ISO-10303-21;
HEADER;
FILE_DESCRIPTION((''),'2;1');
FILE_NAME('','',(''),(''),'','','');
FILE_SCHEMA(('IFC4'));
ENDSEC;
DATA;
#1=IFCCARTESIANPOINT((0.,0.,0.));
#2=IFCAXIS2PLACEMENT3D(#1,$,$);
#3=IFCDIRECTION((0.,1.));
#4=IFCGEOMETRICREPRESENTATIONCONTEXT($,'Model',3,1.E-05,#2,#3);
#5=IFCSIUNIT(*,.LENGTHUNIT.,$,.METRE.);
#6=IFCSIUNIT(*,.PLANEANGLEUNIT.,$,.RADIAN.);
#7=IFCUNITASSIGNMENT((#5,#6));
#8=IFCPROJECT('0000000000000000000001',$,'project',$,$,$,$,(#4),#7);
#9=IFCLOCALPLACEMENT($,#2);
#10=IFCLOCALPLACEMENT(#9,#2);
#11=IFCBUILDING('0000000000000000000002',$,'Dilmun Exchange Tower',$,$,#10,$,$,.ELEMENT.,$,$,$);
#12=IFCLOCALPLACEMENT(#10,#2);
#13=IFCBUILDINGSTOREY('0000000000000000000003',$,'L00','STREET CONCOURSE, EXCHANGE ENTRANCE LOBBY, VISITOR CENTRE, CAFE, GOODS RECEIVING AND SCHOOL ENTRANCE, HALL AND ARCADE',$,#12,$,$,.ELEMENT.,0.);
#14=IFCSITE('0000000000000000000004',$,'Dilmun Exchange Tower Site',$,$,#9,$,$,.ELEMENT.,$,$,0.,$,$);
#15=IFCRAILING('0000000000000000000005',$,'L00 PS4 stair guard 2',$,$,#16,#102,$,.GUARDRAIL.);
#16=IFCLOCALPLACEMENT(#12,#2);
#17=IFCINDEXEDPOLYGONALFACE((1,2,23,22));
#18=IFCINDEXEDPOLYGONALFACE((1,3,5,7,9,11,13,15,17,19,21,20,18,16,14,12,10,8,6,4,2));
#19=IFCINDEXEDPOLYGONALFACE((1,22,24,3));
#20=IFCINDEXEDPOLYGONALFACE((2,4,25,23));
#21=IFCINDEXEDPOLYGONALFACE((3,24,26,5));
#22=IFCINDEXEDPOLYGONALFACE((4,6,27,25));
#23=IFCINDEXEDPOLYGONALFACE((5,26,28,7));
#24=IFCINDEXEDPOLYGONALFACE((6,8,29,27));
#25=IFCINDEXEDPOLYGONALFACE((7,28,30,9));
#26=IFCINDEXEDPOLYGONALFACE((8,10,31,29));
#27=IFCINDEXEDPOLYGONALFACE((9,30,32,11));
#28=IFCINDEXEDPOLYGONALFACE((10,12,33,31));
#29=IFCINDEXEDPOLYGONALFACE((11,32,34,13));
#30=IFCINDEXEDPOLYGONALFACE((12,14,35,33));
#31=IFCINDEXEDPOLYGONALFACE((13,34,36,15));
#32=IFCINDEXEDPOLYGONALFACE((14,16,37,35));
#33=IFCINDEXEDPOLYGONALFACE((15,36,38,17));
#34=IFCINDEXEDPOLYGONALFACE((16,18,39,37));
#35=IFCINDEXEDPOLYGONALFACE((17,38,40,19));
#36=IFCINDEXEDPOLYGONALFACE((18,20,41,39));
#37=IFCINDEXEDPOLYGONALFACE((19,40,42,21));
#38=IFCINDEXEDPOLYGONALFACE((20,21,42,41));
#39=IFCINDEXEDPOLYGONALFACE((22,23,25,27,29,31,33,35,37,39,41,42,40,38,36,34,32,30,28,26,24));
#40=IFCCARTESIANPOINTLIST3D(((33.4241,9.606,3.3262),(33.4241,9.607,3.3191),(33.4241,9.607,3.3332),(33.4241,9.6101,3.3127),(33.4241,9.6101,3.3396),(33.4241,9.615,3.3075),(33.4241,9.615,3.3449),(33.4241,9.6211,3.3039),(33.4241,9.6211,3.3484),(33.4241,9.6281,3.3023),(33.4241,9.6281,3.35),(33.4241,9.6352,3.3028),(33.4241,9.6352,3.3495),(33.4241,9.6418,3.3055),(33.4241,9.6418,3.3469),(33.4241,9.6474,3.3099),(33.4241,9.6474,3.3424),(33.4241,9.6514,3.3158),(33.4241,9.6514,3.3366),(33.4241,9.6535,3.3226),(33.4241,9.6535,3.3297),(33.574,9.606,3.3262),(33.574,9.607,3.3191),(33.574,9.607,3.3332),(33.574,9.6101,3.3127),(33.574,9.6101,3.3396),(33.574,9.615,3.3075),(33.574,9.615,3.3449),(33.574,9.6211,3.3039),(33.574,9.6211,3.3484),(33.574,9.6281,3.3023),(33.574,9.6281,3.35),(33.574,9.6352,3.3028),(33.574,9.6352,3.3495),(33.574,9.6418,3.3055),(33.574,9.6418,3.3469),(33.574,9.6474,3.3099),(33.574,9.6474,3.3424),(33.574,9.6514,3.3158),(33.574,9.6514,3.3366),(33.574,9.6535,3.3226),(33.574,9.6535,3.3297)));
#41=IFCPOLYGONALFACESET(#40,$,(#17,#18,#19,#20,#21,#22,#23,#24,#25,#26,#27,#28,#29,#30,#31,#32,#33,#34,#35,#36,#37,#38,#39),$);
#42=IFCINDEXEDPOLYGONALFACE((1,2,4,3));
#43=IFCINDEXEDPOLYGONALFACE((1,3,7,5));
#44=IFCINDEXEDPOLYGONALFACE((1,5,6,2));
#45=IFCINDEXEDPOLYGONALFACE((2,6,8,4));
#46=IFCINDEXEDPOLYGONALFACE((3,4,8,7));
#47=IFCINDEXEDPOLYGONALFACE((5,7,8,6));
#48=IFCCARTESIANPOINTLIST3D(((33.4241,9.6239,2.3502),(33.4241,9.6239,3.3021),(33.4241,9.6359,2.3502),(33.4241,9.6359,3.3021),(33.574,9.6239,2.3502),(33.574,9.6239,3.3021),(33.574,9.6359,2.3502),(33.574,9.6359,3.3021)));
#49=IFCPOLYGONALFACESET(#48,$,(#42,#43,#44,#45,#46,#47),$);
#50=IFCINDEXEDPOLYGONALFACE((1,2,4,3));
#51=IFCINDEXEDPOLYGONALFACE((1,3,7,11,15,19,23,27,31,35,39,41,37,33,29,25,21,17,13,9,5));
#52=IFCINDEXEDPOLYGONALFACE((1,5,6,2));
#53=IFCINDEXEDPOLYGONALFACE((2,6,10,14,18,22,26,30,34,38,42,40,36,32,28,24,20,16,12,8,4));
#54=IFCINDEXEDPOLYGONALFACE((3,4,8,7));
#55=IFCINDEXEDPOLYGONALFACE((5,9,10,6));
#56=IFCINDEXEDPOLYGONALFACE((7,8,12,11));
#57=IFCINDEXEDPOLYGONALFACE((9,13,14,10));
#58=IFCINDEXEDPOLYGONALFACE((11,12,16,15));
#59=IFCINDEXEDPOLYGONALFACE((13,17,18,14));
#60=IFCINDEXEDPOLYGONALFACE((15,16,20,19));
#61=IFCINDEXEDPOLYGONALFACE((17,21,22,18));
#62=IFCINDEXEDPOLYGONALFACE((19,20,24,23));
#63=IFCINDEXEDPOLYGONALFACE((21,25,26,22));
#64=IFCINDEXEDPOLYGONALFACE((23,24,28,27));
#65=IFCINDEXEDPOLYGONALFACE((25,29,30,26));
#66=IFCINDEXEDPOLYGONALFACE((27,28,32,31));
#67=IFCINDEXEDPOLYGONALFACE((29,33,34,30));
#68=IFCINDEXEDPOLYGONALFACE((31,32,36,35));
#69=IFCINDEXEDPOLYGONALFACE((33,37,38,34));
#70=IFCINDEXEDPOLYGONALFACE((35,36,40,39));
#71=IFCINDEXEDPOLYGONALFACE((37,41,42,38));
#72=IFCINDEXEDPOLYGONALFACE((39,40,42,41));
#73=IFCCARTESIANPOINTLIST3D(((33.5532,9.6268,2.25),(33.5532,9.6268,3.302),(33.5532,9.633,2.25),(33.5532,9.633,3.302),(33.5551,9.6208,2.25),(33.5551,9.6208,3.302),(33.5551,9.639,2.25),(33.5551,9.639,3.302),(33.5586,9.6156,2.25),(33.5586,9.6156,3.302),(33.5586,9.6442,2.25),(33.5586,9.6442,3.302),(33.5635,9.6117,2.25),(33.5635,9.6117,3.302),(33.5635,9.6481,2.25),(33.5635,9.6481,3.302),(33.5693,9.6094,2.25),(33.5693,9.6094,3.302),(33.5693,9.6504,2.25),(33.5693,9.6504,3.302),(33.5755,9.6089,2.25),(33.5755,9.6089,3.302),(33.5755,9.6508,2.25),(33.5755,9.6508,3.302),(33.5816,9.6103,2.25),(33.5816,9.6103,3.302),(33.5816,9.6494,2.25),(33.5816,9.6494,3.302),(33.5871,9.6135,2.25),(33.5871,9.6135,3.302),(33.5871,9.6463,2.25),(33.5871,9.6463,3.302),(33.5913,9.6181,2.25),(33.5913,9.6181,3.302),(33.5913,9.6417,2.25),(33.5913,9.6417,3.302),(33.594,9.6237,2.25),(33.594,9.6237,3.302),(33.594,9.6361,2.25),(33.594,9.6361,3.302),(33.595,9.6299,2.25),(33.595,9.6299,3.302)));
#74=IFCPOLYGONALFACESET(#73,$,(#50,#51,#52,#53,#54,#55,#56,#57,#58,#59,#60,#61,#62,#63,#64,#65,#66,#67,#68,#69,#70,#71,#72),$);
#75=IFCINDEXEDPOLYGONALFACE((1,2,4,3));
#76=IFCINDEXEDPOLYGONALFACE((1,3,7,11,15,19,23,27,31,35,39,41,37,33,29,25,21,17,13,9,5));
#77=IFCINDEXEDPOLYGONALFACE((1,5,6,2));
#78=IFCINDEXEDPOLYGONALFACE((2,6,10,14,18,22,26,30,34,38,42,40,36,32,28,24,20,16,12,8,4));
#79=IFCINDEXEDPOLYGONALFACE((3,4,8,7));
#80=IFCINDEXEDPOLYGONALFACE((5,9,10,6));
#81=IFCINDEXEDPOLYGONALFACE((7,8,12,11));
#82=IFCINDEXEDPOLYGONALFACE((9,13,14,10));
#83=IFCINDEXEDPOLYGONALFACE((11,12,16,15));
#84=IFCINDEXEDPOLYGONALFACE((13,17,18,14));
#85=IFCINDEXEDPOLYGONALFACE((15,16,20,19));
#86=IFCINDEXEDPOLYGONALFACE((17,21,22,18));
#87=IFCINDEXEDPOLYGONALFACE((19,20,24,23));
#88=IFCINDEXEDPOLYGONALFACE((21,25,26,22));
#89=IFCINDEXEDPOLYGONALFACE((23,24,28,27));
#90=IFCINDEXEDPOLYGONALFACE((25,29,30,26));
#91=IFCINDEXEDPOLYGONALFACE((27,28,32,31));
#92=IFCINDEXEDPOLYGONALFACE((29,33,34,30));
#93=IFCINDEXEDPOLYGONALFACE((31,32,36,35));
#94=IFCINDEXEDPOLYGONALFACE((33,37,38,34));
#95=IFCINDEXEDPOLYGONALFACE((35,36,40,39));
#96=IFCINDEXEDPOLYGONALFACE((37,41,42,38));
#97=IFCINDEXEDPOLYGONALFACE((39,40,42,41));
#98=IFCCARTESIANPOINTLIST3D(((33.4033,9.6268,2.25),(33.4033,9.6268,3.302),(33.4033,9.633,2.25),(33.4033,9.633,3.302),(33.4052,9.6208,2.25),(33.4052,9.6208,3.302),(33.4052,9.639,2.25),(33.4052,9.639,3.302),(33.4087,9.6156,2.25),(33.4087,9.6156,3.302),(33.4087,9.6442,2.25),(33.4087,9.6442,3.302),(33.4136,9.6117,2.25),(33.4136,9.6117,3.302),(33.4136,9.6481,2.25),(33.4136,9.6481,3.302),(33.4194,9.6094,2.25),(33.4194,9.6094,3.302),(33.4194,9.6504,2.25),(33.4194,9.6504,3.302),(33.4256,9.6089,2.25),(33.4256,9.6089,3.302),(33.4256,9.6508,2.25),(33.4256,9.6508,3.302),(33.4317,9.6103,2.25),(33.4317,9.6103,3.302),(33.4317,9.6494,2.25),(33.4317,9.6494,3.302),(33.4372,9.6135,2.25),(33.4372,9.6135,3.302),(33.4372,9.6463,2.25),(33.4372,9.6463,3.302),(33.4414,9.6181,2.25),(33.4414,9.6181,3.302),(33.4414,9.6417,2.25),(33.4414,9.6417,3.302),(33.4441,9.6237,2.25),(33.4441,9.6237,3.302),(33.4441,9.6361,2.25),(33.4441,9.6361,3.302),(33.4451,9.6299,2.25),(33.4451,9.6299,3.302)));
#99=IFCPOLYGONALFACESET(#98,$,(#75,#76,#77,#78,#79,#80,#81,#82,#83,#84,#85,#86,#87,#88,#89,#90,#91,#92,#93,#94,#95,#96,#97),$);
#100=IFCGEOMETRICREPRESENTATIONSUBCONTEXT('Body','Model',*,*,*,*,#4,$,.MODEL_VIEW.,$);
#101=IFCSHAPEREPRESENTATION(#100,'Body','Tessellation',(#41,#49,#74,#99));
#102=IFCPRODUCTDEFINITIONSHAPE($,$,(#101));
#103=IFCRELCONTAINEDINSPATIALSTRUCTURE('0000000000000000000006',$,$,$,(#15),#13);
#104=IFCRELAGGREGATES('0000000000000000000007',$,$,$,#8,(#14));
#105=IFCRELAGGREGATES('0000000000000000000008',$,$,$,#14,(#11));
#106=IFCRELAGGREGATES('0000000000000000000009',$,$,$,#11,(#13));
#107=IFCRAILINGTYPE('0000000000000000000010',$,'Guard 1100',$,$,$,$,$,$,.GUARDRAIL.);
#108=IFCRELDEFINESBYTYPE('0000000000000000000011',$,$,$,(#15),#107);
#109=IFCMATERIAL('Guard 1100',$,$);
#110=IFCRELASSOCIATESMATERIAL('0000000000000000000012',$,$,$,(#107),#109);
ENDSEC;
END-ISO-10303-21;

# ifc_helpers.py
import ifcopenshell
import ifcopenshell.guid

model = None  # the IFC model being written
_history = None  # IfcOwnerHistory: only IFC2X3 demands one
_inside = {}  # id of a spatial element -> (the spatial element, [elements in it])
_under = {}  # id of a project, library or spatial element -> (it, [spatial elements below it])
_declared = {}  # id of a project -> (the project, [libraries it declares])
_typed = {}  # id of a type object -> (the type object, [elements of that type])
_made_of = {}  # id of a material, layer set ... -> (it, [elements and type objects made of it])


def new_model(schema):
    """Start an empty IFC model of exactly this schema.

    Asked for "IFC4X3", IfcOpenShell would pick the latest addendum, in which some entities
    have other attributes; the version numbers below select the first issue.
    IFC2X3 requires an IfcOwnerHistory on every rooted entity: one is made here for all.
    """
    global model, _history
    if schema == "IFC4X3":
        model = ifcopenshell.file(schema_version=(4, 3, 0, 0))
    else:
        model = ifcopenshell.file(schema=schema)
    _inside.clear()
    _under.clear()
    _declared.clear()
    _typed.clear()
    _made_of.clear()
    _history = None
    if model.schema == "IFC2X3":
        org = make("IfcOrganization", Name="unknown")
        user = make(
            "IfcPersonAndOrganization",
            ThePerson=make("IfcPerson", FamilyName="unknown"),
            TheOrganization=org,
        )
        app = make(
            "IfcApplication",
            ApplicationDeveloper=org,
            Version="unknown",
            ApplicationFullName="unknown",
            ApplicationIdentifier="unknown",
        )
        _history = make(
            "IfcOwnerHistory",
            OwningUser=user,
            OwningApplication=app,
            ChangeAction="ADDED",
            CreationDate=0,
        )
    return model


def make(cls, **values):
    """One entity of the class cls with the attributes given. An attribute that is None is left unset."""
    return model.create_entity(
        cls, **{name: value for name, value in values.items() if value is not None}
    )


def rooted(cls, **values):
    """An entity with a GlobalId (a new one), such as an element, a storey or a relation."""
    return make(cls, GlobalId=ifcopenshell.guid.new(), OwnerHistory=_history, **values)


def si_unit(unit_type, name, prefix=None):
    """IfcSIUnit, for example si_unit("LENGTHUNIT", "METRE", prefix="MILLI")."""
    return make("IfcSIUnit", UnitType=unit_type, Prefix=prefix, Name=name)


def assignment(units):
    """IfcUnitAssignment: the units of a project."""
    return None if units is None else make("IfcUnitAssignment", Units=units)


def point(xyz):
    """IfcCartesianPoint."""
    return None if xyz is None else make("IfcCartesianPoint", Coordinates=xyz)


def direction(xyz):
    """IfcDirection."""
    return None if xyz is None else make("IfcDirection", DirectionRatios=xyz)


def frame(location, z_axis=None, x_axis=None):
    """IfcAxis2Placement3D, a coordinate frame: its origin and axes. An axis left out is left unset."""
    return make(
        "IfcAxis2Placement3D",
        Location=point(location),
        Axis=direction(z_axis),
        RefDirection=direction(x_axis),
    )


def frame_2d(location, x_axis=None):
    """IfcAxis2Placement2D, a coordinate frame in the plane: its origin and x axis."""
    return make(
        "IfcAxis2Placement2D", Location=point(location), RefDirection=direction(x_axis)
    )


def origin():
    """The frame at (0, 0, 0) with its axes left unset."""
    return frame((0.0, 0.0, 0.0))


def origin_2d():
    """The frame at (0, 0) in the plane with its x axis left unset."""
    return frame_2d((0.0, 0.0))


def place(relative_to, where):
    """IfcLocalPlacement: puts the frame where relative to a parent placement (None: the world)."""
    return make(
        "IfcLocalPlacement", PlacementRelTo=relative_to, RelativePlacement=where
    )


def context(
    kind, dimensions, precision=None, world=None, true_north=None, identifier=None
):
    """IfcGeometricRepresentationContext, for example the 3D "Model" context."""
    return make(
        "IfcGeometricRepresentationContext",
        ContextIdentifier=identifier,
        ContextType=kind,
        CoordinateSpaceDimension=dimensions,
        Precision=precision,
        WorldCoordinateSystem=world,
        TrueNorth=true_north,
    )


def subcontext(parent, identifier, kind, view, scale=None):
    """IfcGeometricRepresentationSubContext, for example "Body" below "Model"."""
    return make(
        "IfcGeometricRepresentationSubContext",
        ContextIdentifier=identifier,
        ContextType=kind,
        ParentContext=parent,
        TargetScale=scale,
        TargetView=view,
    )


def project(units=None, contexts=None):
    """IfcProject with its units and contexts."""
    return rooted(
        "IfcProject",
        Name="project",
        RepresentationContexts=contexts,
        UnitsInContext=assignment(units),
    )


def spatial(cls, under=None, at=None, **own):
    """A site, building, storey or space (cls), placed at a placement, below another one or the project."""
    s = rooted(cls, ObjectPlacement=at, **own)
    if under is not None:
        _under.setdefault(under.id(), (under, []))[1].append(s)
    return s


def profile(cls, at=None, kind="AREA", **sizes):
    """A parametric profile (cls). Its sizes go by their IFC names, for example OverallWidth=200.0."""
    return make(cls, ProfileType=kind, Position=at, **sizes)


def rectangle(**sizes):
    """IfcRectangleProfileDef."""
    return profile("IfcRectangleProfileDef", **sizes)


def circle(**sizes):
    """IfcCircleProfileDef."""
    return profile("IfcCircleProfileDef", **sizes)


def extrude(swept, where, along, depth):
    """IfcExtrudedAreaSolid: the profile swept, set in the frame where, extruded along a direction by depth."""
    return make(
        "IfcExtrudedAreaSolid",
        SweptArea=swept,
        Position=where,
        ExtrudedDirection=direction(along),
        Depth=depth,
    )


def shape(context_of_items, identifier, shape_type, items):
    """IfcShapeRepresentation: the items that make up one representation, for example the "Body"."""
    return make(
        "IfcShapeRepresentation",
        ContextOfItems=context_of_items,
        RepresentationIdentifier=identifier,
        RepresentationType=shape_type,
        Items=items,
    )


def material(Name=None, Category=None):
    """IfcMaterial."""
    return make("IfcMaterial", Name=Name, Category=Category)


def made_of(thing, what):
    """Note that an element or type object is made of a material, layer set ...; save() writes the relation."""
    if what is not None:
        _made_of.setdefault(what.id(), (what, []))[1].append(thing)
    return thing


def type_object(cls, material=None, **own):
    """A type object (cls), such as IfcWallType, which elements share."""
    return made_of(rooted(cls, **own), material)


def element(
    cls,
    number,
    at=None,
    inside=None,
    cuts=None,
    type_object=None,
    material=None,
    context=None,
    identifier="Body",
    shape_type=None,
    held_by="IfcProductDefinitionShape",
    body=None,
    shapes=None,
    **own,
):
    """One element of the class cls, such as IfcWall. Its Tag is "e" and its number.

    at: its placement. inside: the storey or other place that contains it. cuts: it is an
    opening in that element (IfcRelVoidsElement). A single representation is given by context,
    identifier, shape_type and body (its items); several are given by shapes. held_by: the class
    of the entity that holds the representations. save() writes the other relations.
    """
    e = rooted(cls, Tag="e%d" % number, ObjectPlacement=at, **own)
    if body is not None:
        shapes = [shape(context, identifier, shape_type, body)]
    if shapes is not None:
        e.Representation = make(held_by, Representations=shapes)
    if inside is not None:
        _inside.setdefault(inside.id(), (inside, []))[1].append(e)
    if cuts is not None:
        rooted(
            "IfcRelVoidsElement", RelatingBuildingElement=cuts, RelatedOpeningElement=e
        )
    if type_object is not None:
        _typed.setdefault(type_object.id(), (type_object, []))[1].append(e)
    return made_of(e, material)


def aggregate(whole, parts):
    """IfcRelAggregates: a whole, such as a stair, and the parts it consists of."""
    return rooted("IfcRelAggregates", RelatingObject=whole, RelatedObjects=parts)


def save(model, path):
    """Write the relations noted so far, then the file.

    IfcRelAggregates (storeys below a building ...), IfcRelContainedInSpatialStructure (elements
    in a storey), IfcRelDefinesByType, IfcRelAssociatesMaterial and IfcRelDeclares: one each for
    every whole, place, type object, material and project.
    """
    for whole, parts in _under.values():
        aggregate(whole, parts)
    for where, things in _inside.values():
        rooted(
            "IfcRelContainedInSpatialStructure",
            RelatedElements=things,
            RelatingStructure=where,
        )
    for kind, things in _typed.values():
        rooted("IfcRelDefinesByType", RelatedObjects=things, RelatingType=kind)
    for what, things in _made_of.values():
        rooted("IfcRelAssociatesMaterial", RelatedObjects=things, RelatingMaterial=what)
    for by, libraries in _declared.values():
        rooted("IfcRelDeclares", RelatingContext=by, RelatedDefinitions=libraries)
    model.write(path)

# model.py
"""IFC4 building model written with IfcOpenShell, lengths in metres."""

from ifc_helpers import new_model, si_unit, direction, frame, origin, origin_2d, place, context, subcontext, project, spatial, rectangle, circle, extrude, material, type_object, element, save


model = new_model("IFC4")

# Units and contexts
model_context = context("Model", 3, precision=1e-05, world=origin(), true_north=direction((0.0, 1.0)))
body_context = subcontext(model_context, "Body", "Model", "MODEL_VIEW")
ifc_project = project(units=[si_unit("LENGTHUNIT", "METRE"), si_unit("PLANEANGLEUNIT", "RADIAN")], contexts=[model_context])

# Site, building, storey
site_placement = place(None, origin())
site = spatial("IfcSite", under=ifc_project, at=site_placement, Name="Dilmun Exchange Tower Site", CompositionType="ELEMENT", RefElevation=0.0)
building_placement = place(site_placement, origin())
building = spatial("IfcBuilding", under=site, at=building_placement, Name="Dilmun Exchange Tower", CompositionType="ELEMENT")
storey_placement = place(building_placement, origin())
storey = spatial("IfcBuildingStorey", under=building, at=storey_placement, Name="L00", Description="STREET CONCOURSE, EXCHANGE ENTRANCE LOBBY, VISITOR CENTRE, CAFE, GOODS RECEIVING AND SCHOOL ENTRANCE, HALL AND ARCADE", CompositionType="ELEMENT", Elevation=0.0)

# Railing
ifc_material_1 = material(Name="Guard 1100")
railing_type_1 = type_object("IfcRailingType", Name="Guard 1100", PredefinedType="GUARDRAIL", material=ifc_material_1)
railing_1_placement = place(storey_placement, frame((33.574, 9.6299, 2.25)))
element("IfcRailing", 1, at=railing_1_placement, inside=storey, type_object=railing_type_1, Name="L00 PS4 stair guard 2", PredefinedType="GUARDRAIL", context=body_context, shape_type="SweptSolid", body=[
    extrude(circle(Radius=0.0239, at=origin_2d()), frame((0.0, 0.0, 1.0762), z_axis=(-1.0, 0.0, 0.0), x_axis=(0.0, -1.0, 0.0)), (0.0, 0.0, 1.0), 0.1499),
    extrude(rectangle(XDim=0.012, YDim=0.9519, at=origin_2d()), frame((0.0, 0.0, 0.5762), z_axis=(-1.0, 0.0, 0.0), x_axis=(0.0, -1.0, 0.0)), (0.0, 0.0, 1.0), 0.1499),
    extrude(circle(Radius=0.021, at=origin_2d()), origin(), (0.0, 0.0, 1.0), 1.052),
    extrude(circle(Radius=0.021, at=origin_2d()), frame((-0.1499, 0.0, 0.0)), (0.0, 0.0, 1.0), 1.052),
])

save(model, "model.ifc")
